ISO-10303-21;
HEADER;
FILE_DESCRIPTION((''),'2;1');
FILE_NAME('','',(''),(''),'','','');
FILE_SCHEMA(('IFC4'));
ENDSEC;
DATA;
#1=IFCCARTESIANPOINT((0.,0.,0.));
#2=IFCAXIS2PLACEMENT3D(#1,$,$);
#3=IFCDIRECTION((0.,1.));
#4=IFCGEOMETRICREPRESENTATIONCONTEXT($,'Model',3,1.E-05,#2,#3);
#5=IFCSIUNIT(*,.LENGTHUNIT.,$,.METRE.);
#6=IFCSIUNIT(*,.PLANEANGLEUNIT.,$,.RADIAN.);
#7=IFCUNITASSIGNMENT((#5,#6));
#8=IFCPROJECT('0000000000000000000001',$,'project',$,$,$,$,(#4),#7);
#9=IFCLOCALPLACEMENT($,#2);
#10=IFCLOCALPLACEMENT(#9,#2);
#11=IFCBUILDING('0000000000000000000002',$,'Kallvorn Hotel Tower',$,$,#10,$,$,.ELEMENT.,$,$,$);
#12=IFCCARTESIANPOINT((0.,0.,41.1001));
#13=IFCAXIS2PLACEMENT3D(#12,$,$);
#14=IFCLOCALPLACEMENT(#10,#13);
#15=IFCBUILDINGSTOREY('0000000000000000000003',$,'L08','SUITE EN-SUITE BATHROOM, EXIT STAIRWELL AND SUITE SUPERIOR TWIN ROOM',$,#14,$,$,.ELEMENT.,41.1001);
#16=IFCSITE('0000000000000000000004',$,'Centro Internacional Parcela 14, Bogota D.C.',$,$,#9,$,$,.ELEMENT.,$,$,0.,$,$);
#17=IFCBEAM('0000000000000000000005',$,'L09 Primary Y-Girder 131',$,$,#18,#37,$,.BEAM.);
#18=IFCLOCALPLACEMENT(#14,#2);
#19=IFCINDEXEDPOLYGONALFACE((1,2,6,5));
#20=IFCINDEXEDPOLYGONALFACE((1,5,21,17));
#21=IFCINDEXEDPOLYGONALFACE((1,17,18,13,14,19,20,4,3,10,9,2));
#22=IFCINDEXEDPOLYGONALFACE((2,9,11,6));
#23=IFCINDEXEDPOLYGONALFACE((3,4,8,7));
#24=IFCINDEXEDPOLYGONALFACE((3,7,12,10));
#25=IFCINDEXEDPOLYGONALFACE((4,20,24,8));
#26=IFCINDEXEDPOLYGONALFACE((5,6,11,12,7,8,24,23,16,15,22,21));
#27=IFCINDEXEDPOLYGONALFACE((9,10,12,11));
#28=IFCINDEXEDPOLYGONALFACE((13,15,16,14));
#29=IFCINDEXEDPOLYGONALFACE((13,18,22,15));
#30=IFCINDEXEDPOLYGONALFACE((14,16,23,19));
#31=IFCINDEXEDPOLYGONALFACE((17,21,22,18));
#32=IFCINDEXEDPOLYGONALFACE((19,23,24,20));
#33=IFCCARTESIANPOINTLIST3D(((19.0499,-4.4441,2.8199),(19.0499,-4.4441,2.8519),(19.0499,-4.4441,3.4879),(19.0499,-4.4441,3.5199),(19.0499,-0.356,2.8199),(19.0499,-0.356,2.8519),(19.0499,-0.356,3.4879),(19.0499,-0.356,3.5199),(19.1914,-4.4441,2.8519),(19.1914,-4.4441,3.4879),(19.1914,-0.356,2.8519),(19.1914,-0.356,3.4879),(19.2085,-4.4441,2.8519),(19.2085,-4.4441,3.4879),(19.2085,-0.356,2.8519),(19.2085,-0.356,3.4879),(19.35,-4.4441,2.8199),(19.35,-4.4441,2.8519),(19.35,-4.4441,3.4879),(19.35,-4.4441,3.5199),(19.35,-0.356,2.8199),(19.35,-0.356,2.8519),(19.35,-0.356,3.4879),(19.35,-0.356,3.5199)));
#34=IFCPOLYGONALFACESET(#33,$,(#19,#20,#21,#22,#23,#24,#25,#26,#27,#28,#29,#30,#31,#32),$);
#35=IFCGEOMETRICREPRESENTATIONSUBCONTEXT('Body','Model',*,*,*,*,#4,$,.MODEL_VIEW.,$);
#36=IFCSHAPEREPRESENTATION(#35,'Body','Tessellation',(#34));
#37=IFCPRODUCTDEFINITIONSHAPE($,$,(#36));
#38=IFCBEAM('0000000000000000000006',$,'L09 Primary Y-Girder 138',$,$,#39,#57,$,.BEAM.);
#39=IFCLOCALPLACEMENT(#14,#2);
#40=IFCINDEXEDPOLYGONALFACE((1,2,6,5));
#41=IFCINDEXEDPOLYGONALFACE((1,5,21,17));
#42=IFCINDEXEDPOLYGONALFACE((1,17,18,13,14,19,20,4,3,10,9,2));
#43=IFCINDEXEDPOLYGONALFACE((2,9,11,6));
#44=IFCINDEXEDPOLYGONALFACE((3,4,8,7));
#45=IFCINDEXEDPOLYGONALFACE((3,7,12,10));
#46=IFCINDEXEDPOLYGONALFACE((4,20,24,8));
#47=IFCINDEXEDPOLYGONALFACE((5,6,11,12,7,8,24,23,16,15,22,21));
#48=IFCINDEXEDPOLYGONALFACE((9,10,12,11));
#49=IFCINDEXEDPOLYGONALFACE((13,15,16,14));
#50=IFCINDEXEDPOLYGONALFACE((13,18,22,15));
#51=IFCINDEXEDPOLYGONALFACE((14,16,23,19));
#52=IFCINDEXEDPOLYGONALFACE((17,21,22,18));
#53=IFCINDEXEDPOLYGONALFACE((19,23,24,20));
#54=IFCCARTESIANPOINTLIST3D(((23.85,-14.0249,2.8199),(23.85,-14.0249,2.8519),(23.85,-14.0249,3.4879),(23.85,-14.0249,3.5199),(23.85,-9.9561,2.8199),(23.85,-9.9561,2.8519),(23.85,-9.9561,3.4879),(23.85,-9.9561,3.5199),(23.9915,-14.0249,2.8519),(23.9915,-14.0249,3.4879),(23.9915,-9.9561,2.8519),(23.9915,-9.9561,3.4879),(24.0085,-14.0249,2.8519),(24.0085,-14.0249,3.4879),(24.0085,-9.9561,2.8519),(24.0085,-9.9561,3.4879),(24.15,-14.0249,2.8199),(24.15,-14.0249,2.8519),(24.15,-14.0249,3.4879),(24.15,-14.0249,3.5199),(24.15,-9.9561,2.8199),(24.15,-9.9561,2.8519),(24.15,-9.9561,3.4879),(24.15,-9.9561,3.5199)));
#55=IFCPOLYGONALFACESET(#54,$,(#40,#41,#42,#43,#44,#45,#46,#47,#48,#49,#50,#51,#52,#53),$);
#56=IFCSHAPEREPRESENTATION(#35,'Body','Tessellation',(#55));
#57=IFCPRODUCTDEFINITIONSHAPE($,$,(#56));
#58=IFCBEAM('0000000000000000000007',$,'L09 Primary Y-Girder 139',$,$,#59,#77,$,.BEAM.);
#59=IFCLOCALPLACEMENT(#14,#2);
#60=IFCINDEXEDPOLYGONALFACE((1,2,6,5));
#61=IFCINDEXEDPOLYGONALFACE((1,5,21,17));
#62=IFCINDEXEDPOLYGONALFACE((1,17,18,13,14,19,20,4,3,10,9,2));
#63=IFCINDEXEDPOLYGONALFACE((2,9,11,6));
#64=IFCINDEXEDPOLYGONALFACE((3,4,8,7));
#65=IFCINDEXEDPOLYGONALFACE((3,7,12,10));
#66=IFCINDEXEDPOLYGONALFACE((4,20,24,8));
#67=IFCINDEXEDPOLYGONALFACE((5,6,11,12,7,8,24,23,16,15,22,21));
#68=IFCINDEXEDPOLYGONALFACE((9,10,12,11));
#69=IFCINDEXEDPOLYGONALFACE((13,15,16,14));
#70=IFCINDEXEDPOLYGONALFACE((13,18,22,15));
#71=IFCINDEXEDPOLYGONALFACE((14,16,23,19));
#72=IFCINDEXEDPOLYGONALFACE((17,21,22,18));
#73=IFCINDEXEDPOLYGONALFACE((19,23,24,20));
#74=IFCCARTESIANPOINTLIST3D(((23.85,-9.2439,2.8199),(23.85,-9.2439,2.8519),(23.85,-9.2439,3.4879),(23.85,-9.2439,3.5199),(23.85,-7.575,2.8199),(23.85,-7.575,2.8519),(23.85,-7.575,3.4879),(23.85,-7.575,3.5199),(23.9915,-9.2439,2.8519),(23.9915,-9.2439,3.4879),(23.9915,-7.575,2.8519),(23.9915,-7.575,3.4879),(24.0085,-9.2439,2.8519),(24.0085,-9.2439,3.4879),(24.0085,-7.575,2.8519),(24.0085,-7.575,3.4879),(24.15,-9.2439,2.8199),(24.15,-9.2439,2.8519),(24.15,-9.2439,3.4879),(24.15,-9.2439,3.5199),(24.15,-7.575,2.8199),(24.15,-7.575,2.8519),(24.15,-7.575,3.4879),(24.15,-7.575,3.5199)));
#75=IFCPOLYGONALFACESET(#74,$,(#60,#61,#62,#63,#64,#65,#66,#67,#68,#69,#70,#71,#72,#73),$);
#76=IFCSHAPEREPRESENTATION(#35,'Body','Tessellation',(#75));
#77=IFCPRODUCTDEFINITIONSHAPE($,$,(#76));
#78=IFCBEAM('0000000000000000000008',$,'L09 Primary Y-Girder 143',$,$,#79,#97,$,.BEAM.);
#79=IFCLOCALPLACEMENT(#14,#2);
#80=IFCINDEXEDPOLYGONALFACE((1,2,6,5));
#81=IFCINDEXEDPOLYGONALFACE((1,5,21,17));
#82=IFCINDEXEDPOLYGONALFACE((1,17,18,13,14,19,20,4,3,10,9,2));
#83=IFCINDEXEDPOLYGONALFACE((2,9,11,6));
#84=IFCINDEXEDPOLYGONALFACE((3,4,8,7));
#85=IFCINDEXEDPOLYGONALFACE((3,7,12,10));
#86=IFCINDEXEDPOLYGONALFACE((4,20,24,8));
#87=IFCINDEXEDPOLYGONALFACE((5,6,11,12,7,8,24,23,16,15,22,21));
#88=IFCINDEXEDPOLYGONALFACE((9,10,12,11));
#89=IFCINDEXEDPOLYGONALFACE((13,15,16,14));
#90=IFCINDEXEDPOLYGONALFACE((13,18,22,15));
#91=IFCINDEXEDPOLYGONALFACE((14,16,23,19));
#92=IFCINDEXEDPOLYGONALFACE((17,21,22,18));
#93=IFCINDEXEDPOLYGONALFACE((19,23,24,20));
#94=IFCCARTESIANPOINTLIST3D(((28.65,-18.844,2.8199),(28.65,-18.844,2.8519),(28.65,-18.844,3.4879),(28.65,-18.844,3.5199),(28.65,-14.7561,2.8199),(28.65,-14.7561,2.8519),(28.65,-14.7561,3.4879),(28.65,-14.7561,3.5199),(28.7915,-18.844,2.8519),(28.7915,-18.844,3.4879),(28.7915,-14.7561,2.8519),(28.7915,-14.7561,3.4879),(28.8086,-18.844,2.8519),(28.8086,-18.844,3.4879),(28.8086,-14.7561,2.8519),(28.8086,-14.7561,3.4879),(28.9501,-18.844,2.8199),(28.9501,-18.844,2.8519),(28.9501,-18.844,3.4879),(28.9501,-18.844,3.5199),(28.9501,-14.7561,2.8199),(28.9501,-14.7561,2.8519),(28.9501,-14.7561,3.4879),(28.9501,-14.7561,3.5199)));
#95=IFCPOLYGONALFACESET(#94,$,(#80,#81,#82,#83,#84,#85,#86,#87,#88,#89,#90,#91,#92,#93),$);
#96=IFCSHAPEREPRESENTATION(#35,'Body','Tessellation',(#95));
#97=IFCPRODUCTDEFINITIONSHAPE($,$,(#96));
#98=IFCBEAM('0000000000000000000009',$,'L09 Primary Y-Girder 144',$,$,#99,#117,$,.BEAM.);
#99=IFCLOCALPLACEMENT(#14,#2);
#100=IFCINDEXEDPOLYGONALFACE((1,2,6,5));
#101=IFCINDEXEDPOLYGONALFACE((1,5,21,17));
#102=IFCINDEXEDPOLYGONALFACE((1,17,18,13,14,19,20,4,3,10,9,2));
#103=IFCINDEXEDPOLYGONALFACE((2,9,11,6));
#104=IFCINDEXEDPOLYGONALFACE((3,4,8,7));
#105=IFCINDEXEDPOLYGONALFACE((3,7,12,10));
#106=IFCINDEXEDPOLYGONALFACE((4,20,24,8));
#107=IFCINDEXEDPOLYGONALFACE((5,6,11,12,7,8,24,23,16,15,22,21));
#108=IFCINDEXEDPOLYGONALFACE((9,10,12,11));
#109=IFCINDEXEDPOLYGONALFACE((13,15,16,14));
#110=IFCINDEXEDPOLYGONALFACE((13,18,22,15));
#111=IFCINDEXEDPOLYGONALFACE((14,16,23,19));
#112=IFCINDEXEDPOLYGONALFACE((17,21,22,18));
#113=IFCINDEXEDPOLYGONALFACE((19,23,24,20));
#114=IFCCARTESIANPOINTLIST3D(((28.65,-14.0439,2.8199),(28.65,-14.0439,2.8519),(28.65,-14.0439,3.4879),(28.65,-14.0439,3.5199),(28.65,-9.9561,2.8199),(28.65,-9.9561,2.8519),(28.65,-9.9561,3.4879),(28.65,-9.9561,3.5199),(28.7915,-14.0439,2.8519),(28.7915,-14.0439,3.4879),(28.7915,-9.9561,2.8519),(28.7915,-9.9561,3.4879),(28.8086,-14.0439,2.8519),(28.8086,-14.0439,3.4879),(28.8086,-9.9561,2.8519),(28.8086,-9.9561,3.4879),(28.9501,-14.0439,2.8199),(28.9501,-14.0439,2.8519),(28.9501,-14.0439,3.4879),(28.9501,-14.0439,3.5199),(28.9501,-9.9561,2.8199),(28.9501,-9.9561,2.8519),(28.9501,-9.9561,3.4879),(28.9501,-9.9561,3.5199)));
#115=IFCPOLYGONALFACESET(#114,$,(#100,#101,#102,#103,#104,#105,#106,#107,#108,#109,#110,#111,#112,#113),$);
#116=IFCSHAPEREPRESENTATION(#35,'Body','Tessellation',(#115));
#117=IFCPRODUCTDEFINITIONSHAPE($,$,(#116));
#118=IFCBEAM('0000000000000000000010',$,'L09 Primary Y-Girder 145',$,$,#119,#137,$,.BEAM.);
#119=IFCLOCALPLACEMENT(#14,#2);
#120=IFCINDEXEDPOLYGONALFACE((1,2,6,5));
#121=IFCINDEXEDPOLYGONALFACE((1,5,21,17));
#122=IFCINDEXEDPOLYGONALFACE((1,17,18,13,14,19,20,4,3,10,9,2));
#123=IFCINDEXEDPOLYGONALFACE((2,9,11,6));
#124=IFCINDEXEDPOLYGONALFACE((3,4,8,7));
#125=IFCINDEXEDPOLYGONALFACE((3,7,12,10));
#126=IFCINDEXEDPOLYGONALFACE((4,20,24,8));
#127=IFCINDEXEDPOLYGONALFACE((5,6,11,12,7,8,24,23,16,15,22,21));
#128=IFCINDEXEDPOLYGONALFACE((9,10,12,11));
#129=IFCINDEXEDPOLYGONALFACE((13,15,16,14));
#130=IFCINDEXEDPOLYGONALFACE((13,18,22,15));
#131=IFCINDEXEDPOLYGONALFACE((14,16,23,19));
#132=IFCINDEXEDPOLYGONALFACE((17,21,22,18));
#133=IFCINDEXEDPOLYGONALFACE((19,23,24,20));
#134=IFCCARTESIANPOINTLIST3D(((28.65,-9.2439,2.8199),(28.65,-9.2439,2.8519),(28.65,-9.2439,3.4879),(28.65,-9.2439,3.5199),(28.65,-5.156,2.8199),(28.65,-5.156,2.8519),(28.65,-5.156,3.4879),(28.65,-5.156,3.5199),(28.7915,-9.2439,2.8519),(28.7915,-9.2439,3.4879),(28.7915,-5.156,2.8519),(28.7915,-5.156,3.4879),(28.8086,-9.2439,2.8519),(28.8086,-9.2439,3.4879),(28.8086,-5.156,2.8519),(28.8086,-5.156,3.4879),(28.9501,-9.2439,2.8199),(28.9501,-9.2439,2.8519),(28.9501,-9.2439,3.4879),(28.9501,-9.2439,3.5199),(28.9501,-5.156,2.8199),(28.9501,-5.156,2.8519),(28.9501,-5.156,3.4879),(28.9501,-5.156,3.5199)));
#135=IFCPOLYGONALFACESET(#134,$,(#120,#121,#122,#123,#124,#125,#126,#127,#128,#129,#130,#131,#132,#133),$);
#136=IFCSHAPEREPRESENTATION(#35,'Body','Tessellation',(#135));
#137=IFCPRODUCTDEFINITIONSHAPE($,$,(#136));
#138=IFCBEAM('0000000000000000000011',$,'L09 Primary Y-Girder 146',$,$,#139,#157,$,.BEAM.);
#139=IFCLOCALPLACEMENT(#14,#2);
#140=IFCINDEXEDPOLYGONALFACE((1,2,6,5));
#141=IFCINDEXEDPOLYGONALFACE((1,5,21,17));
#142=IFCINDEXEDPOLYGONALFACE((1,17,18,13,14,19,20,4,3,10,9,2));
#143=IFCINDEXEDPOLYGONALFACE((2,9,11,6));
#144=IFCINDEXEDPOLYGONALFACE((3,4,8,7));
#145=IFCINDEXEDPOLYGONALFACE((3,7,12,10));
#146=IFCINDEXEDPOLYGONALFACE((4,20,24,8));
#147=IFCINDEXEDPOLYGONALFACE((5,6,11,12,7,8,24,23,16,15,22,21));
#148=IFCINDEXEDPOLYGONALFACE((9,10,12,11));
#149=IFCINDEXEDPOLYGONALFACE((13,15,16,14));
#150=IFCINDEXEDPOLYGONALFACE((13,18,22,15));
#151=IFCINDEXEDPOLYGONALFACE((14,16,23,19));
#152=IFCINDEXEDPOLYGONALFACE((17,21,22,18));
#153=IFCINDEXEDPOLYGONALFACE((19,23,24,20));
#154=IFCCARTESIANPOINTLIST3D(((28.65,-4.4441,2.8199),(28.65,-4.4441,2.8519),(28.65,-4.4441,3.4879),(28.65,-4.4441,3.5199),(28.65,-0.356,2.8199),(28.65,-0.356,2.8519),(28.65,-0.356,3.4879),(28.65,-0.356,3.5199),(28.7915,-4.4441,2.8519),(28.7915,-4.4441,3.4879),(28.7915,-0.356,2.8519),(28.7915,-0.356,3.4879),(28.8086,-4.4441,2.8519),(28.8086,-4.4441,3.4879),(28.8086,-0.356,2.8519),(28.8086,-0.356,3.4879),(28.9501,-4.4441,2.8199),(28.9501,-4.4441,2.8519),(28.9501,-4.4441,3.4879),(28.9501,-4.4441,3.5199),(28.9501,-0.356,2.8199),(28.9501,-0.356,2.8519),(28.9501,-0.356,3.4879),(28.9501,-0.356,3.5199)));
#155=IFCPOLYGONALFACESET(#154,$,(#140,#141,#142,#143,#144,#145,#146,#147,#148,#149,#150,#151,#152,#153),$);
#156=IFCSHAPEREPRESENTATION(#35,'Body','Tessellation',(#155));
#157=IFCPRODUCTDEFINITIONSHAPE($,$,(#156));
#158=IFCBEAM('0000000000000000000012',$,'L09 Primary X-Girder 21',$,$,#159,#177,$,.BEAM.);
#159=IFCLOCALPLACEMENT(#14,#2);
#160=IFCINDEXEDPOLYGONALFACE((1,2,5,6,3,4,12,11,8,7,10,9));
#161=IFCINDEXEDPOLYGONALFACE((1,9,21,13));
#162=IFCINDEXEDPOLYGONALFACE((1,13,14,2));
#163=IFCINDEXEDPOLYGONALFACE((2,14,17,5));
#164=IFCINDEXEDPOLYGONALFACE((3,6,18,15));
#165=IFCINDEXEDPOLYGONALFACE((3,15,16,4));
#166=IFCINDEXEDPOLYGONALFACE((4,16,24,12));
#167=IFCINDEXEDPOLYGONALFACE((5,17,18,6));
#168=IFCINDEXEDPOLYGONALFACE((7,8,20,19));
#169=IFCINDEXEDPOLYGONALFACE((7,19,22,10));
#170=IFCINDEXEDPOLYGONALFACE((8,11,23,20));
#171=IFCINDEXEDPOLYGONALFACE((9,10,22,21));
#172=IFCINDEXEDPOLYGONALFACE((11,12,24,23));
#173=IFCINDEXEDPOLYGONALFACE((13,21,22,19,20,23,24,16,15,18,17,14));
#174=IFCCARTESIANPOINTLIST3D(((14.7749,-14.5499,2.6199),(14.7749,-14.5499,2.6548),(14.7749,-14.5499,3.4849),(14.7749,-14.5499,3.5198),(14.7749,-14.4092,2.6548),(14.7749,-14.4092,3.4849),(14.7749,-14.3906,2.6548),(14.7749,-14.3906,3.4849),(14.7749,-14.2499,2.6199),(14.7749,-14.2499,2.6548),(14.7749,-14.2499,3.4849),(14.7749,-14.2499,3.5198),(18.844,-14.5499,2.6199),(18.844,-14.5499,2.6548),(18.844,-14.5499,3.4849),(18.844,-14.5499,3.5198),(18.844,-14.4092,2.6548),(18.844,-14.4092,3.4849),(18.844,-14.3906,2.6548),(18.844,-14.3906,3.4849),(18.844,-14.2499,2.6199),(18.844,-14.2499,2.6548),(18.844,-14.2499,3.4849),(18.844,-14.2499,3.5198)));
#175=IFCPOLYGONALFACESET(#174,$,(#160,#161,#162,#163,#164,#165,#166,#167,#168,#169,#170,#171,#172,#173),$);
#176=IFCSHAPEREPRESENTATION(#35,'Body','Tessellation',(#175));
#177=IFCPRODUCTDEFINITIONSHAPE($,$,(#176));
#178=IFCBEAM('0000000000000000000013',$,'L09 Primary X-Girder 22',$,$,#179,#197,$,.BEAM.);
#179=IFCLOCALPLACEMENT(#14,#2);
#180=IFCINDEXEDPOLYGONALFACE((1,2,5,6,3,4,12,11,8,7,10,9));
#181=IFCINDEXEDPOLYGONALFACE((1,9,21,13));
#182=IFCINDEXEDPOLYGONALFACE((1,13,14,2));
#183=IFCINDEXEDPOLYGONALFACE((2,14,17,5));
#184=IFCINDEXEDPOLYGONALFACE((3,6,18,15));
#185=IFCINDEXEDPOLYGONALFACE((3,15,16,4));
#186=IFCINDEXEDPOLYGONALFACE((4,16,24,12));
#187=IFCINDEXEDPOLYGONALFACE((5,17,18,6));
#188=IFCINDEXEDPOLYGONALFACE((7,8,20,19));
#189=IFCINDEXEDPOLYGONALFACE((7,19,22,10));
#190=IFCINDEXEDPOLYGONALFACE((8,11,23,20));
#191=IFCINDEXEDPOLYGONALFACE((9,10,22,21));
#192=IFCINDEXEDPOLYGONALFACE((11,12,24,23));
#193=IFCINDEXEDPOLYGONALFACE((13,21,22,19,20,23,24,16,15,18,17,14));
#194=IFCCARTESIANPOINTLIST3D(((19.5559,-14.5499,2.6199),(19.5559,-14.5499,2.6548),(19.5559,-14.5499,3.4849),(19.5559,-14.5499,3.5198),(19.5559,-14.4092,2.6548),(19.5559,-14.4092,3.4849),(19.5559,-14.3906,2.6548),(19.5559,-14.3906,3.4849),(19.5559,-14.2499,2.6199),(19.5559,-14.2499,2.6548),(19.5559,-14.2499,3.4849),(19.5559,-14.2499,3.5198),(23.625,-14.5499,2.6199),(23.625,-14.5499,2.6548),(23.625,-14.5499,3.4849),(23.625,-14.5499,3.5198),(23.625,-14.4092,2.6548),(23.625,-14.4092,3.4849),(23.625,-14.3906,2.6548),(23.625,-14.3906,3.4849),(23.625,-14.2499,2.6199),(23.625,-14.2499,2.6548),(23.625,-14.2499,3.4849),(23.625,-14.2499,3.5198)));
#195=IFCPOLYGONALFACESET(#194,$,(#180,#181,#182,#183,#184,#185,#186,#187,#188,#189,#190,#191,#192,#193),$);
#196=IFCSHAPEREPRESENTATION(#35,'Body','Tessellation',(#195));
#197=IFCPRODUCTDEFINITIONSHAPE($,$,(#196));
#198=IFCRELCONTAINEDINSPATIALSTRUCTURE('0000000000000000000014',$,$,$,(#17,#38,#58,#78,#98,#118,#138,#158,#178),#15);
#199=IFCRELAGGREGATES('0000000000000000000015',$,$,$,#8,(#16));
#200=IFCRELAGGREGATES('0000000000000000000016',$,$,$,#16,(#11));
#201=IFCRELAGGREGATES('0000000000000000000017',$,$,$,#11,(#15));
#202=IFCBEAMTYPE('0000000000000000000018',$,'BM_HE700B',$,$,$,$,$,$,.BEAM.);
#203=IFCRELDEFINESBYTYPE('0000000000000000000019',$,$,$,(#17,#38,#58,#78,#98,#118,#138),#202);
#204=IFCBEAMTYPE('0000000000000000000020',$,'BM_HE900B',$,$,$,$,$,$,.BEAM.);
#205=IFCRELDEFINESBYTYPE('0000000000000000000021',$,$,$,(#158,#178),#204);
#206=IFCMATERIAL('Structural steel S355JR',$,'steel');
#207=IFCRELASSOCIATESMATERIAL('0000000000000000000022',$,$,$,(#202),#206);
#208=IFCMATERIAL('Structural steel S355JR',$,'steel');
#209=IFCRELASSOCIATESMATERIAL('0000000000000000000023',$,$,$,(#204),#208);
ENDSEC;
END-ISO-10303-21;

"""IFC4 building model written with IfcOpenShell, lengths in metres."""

from ifc_helpers import new_model, si_unit, direction, frame, origin, origin_2d, place, context, subcontext, project, spatial, i_section, extrude, material, material_profile, profile_set, type_object, element, save


model = new_model("IFC4")

# Units and contexts
model_context = context("Model", 3, precision=1e-05, world=origin(), true_north=direction((0.0, 1.0)))
body_context = subcontext(model_context, "Body", "Model", "MODEL_VIEW")
ifc_project = project(units=[si_unit("LENGTHUNIT", "METRE"), si_unit("PLANEANGLEUNIT", "RADIAN")], contexts=[model_context])

# Site, building, storey
site_placement = place(None, origin())
site = spatial("IfcSite", under=ifc_project, at=site_placement, Name="Centro Internacional Parcela 14, Bogota D.C.", CompositionType="ELEMENT", RefElevation=0.0)
building_placement = place(site_placement, origin())
building = spatial("IfcBuilding", under=site, at=building_placement, Name="Kallvorn Hotel Tower", CompositionType="ELEMENT")
storey_placement = place(building_placement, frame((0.0, 0.0, 41.1001)))
storey = spatial("IfcBuildingStorey", under=building, at=storey_placement, Name="L08", Description="SUITE EN-SUITE BATHROOM, EXIT STAIRWELL AND SUITE SUPERIOR TWIN ROOM", CompositionType="ELEMENT", Elevation=41.1001)

# Beams
ifc_material_1 = material(Name="Structural steel S355JR", Category="steel")
ifc_material_profile_1 = material_profile(ifc_material_1, i_section(OverallWidth=0.3, OverallDepth=0.7, WebThickness=0.0171, FlangeThickness=0.032, at=origin_2d()), Name="HE 700 B")
ifc_profile_set_1 = profile_set([ifc_material_profile_1], Name="Structural steel S355JR")
beam_type_1 = type_object("IfcBeamType", Name="BM_HE700B", PredefinedType="BEAM", material=ifc_profile_set_1)
beam_1_placement = place(storey_placement, frame((19.2, -4.4441, 3.1699), z_axis=(0.0, 1.0, 0.0), x_axis=(-1.0, 0.0, 0.0)))
element("IfcBeam", 1, at=beam_1_placement, inside=storey, type_object=beam_type_1, Name="L09 Primary Y-Girder 131", PredefinedType="BEAM", context=body_context, shape_type="SweptSolid", body=[
    extrude(i_section(OverallWidth=0.3, OverallDepth=0.7, WebThickness=0.0171, FlangeThickness=0.032, at=origin_2d()), origin(), (0.0, 0.0, 1.0), 4.0881),
])
beam_2_placement = place(storey_placement, frame((24.0, -14.0249, 3.1699), z_axis=(0.0, 1.0, 0.0), x_axis=(-1.0, 0.0, 0.0)))
element("IfcBeam", 2, at=beam_2_placement, inside=storey, type_object=beam_type_1, Name="L09 Primary Y-Girder 138", PredefinedType="BEAM", context=body_context, shape_type="SweptSolid", body=[
    extrude(i_section(OverallWidth=0.3, OverallDepth=0.7, WebThickness=0.0171, FlangeThickness=0.032, at=origin_2d()), origin(), (0.0, 0.0, 1.0), 4.0688),
])
beam_3_placement = place(storey_placement, frame((24.0, -9.2439, 3.1699), z_axis=(0.0, 1.0, 0.0), x_axis=(-1.0, 0.0, 0.0)))
element("IfcBeam", 3, at=beam_3_placement, inside=storey, type_object=beam_type_1, Name="L09 Primary Y-Girder 139", PredefinedType="BEAM", context=body_context, shape_type="SweptSolid", body=[
    extrude(i_section(OverallWidth=0.3, OverallDepth=0.7, WebThickness=0.0171, FlangeThickness=0.032, at=origin_2d()), origin(), (0.0, 0.0, 1.0), 1.6689),
])
for number, where, z_axis, x_axis, name in (
    (4, (28.8, -18.844, 3.1699), (0.0, 1.0, 0.0), (-1.0, 0.0, 0.0), "L09 Primary Y-Girder 143"),
    (5, (28.8, -14.0439, 3.1699), (0.0, 1.0, 0.0), (-1.0, 0.0, 0.0), "L09 Primary Y-Girder 144"),
    (6, (28.8, -9.2439, 3.1699), (0.0, 1.0, 0.0), (-1.0, 0.0, 0.0), "L09 Primary Y-Girder 145"),
):
    element("IfcBeam", number, at=place(storey_placement, frame(where, z_axis=z_axis, x_axis=x_axis)), inside=storey, type_object=beam_type_1, Name=name, PredefinedType="BEAM", context=body_context, shape_type="SweptSolid", body=[
        extrude(i_section(OverallWidth=0.3, OverallDepth=0.7, WebThickness=0.0171, FlangeThickness=0.032, at=origin_2d()), origin(), (0.0, 0.0, 1.0), 4.0879),
    ])
beam_4_placement = place(storey_placement, frame((28.8, -4.4441, 3.1699), z_axis=(0.0, 1.0, 0.0), x_axis=(-1.0, 0.0, 0.0)))
element("IfcBeam", 7, at=beam_4_placement, inside=storey, type_object=beam_type_1, Name="L09 Primary Y-Girder 146", PredefinedType="BEAM", context=body_context, shape_type="SweptSolid", body=[
    extrude(i_section(OverallWidth=0.3, OverallDepth=0.7, WebThickness=0.0171, FlangeThickness=0.032, at=origin_2d()), origin(), (0.0, 0.0, 1.0), 4.0881),
])
ifc_material_2 = material(Name="Structural steel S355JR", Category="steel")
ifc_material_profile_2 = material_profile(ifc_material_2, i_section(OverallWidth=0.3, OverallDepth=0.8999, WebThickness=0.0186, FlangeThickness=0.0349, at=origin_2d()), Name="HE 900 B")
ifc_profile_set_2 = profile_set([ifc_material_profile_2], Name="Structural steel S355JR")
beam_type_2 = type_object("IfcBeamType", Name="BM_HE900B", PredefinedType="BEAM", material=ifc_profile_set_2)
for number, where, z_axis, x_axis, name in (
    (8, (14.7749, -14.3999, 3.0698), (1.0, 0.0, 0.0), (0.0, 1.0, 0.0), "L09 Primary X-Girder 21"),
    (9, (19.5559, -14.3999, 3.0698), (1.0, 0.0, 0.0), (0.0, 1.0, 0.0), "L09 Primary X-Girder 22"),
):
    element("IfcBeam", number, at=place(storey_placement, frame(where, z_axis=z_axis, x_axis=x_axis)), inside=storey, type_object=beam_type_2, Name=name, PredefinedType="BEAM", context=body_context, shape_type="SweptSolid", body=[
        extrude(i_section(OverallWidth=0.3, OverallDepth=0.8999, WebThickness=0.0186, FlangeThickness=0.0349, at=origin_2d()), origin(), (0.0, 0.0, 1.0), 4.0691),
    ])

save(model, "model.ifc")
